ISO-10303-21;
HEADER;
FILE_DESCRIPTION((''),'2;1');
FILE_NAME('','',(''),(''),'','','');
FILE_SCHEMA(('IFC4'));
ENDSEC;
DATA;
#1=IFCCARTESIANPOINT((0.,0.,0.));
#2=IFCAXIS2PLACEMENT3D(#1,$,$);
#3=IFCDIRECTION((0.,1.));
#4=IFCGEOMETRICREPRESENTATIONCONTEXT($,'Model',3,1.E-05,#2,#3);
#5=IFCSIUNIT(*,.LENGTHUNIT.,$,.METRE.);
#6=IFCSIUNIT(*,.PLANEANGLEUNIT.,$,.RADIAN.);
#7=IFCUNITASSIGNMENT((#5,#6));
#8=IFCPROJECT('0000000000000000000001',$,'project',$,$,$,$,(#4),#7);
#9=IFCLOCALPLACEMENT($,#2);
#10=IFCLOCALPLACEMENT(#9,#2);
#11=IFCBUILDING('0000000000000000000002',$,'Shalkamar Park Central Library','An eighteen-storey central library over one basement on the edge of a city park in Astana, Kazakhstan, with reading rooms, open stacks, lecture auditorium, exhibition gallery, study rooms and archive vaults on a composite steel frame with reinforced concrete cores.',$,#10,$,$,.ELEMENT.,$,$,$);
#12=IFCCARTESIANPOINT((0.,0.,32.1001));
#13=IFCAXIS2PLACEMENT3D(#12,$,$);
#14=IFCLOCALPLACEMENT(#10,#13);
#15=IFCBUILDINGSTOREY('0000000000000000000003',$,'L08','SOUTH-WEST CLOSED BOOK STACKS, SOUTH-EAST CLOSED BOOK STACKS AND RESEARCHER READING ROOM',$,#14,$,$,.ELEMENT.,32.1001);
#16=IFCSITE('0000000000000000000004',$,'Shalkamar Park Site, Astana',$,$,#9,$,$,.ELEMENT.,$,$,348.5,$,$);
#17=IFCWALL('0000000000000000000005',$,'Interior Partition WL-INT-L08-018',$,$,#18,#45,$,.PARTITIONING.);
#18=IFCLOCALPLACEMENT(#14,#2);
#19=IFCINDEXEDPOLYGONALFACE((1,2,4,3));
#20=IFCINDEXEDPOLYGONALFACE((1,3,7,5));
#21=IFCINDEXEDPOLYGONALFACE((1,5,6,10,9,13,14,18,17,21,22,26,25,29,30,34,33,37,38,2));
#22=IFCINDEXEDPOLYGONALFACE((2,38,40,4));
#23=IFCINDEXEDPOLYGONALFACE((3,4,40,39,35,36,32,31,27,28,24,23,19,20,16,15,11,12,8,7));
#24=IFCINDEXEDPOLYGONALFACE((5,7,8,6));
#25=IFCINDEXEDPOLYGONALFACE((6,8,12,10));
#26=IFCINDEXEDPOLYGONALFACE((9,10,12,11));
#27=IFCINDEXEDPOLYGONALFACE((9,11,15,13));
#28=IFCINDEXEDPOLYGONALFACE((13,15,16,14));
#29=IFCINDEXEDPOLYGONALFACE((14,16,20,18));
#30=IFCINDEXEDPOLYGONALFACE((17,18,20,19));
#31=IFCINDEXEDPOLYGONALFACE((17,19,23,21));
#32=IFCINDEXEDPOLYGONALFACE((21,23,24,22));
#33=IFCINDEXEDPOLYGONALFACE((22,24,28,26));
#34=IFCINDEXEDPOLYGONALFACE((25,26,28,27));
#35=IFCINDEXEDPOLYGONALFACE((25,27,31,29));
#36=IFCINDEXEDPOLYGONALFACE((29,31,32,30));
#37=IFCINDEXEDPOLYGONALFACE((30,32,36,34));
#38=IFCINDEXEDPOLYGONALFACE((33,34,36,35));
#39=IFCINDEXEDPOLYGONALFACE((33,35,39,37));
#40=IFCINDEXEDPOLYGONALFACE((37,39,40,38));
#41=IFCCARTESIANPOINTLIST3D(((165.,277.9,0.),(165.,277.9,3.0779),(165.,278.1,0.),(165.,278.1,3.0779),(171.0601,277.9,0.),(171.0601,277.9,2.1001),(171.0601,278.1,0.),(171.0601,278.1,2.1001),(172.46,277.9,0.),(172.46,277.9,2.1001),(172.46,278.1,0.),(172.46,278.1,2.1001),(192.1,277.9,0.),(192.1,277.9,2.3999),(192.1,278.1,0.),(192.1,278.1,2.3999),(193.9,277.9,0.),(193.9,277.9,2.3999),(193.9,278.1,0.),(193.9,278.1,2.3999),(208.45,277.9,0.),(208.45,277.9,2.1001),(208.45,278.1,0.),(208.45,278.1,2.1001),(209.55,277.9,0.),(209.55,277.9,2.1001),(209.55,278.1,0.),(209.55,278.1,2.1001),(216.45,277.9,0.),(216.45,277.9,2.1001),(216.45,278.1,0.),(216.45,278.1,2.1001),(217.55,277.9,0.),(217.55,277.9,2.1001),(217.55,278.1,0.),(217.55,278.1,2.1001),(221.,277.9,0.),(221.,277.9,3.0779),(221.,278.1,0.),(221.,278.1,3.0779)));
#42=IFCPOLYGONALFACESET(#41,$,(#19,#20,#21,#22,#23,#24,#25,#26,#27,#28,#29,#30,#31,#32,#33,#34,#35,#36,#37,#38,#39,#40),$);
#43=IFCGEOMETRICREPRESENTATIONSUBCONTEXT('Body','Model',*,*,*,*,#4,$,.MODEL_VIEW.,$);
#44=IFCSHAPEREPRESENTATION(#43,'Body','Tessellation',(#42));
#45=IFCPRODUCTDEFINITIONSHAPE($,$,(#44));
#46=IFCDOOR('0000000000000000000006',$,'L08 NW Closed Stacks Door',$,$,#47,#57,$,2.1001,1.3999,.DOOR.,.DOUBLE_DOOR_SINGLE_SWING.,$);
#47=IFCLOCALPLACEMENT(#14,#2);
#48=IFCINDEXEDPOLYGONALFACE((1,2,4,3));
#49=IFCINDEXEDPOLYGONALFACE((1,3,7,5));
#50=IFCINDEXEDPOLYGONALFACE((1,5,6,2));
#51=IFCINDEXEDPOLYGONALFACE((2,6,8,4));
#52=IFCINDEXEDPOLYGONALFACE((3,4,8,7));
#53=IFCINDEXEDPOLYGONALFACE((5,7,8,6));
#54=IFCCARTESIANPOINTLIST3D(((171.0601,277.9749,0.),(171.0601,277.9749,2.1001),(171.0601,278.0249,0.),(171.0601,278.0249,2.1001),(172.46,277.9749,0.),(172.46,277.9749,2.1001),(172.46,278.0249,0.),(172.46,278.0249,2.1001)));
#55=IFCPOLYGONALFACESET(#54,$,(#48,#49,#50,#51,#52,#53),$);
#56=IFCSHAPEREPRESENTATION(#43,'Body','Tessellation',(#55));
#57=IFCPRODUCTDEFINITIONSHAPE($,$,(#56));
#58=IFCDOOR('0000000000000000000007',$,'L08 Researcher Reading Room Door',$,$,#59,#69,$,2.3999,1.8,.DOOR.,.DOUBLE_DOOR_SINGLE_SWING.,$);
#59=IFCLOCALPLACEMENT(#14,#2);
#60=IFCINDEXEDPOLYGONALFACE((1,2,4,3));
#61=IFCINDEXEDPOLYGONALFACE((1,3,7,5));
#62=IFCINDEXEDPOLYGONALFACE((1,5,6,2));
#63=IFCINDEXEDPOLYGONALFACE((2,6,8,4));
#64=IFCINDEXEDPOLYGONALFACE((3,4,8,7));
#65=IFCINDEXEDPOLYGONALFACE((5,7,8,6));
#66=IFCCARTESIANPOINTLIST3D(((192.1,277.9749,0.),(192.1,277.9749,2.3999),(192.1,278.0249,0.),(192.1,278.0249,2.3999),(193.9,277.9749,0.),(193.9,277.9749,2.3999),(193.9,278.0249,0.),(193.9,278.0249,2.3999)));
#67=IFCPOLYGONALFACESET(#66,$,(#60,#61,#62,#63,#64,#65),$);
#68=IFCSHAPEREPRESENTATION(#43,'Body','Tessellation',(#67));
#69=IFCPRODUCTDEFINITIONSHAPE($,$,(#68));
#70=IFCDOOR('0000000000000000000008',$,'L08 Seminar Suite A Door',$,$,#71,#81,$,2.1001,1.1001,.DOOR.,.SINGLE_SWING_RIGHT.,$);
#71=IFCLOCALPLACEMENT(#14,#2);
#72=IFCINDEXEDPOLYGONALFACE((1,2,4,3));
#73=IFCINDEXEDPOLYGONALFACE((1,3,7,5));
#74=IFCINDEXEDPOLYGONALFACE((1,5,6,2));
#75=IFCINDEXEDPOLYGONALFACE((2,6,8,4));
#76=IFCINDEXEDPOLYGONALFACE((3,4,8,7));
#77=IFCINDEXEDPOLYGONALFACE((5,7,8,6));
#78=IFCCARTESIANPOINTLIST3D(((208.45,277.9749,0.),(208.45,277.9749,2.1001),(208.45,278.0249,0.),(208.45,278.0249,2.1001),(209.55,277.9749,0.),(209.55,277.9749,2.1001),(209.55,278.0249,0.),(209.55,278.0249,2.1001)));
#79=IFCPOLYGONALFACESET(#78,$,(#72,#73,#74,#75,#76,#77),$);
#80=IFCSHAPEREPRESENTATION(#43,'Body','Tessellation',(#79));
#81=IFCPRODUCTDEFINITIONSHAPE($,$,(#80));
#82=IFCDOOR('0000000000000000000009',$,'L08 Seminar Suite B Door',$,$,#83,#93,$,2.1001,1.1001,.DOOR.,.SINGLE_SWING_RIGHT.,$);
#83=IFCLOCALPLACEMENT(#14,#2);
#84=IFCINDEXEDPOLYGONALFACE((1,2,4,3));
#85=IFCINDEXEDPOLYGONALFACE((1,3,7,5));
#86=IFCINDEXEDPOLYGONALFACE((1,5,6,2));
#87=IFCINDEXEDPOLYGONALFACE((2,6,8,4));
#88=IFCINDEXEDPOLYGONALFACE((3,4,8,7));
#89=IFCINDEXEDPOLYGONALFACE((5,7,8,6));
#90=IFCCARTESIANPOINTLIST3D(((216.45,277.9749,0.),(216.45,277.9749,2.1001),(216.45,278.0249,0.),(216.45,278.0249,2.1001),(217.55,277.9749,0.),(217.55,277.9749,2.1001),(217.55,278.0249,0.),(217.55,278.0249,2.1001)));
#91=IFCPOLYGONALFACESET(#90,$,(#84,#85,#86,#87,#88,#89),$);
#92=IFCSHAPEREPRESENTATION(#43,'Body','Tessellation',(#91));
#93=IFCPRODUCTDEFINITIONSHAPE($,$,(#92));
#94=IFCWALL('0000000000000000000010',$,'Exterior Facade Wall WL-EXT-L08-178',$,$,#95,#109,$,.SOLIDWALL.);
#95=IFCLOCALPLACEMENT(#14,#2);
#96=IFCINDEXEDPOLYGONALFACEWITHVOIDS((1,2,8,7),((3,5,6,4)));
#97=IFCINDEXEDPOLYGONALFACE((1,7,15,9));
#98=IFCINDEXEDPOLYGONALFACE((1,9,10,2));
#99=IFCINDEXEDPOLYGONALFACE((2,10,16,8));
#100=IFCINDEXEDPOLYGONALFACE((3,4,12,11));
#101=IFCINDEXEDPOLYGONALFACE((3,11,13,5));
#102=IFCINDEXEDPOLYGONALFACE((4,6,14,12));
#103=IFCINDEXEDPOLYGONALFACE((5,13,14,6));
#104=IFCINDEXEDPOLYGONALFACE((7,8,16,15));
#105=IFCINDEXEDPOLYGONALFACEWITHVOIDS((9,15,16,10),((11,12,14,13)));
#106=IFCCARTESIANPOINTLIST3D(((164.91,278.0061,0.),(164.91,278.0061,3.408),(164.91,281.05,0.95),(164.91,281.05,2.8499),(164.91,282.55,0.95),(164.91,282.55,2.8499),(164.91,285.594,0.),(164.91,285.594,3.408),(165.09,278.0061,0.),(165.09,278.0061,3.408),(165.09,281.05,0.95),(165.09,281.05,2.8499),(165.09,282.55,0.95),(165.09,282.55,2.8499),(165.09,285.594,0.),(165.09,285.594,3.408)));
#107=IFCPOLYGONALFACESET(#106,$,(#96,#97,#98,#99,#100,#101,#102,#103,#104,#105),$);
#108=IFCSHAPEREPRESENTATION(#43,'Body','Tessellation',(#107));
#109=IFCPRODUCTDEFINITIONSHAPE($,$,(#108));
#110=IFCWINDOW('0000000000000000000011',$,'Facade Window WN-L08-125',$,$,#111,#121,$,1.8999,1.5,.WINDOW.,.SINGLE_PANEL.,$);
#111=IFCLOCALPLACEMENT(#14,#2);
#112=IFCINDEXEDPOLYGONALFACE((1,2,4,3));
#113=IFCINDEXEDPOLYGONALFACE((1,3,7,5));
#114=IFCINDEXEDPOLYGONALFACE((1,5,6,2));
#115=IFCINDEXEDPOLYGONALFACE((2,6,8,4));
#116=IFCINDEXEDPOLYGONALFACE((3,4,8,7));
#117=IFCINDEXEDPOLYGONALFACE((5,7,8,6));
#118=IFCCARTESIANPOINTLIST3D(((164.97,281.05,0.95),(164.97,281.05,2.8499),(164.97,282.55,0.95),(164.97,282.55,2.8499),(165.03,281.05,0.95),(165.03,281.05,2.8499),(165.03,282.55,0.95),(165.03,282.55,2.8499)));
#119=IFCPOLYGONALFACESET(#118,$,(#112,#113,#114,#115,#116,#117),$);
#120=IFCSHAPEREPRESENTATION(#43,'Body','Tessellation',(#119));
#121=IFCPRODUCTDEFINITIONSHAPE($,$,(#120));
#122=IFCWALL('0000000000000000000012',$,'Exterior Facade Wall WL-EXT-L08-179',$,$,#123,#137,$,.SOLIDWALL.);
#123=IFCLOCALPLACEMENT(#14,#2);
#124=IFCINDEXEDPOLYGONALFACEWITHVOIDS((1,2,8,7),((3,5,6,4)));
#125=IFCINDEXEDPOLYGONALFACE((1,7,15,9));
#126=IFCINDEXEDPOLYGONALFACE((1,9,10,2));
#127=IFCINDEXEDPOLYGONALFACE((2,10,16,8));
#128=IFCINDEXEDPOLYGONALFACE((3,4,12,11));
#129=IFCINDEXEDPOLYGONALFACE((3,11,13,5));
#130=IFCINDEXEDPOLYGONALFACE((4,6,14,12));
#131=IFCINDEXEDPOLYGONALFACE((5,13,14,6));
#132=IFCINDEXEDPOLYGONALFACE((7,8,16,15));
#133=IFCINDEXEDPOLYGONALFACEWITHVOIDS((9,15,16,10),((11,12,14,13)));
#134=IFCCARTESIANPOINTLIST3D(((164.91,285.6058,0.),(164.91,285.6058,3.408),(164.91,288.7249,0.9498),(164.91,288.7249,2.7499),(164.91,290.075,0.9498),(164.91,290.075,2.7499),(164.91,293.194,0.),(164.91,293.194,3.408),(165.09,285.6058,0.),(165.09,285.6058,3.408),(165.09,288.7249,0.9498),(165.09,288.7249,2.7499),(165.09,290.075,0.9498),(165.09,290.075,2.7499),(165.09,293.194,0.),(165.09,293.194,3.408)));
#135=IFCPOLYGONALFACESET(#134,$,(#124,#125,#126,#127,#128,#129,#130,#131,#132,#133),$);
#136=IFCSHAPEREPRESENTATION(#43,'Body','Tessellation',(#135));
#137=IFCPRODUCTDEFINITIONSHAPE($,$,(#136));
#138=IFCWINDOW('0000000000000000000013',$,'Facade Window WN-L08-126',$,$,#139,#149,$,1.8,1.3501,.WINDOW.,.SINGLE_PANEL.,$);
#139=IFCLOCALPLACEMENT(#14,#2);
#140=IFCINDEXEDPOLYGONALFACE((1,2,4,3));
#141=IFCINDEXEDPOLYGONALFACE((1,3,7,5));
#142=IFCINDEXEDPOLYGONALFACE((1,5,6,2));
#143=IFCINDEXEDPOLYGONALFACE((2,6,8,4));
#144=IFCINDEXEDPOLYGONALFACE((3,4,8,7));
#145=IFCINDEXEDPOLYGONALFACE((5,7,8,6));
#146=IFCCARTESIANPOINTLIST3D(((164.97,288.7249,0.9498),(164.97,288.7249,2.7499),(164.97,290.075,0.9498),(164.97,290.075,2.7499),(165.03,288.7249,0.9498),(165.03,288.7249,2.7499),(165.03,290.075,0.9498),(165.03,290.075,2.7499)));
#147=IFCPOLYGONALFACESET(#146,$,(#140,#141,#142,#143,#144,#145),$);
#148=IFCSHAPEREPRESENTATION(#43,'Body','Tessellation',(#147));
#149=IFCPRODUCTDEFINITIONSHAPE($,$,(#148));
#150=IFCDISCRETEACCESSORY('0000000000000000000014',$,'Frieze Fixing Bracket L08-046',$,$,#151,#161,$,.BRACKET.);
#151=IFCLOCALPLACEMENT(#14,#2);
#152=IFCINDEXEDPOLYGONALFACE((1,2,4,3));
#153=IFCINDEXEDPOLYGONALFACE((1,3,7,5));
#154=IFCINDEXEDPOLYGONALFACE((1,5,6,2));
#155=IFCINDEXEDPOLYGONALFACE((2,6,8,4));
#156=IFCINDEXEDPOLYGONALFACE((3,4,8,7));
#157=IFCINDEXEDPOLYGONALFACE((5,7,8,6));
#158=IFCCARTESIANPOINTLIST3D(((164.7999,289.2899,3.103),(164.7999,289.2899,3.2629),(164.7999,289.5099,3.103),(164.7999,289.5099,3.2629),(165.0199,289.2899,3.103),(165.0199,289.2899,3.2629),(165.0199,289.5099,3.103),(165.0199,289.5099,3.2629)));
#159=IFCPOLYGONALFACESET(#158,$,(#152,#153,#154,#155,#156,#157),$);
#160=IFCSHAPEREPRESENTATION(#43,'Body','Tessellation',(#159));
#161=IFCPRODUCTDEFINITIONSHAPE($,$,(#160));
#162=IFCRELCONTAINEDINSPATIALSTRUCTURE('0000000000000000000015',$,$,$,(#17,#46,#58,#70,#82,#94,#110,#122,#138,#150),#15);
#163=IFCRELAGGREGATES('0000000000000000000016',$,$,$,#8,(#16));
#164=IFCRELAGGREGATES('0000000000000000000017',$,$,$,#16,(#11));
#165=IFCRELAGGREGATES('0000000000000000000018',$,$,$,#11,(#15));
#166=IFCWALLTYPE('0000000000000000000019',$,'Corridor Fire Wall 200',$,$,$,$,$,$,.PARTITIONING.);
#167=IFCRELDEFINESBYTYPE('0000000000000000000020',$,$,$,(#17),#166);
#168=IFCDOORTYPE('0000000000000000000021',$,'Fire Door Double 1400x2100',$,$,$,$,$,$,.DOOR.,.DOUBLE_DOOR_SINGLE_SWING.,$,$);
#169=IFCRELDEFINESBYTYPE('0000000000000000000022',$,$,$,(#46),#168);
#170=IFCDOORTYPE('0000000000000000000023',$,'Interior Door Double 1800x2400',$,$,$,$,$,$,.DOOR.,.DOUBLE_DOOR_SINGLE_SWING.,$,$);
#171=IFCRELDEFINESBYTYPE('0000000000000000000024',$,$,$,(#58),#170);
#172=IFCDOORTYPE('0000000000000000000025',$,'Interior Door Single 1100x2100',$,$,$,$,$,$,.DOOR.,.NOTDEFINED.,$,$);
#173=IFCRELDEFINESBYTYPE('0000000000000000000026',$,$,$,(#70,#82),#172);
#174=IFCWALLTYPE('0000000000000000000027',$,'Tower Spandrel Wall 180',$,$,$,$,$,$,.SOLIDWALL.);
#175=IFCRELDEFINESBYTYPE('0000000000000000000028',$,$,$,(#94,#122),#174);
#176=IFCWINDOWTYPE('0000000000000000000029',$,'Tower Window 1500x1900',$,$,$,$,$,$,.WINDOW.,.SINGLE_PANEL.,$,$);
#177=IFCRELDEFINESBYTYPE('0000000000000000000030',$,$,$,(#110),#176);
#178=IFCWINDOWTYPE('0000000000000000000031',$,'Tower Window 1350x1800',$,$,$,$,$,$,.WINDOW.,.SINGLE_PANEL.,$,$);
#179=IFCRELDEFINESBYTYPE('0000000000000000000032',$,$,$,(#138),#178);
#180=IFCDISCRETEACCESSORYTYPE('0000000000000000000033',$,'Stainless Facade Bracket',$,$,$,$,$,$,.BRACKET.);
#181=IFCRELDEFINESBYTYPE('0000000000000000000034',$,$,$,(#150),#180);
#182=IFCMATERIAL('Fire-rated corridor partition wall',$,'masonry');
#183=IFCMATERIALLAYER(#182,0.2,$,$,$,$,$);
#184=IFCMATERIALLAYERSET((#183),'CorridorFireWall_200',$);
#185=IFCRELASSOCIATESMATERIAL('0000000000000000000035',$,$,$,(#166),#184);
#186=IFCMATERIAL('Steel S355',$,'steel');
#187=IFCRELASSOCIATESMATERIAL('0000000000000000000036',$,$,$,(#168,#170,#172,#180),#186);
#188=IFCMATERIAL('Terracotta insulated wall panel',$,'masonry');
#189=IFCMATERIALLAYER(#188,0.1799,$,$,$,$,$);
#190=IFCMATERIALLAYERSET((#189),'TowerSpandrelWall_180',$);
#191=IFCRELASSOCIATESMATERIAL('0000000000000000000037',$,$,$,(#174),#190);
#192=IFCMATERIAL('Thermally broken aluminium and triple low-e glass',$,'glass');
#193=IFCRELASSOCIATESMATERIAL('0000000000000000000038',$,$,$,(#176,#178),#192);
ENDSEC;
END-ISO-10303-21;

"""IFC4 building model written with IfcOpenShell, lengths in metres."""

from ifc_helpers import new_model, si_unit, direction, frame, frame_2d, origin, origin_2d, place, context, subcontext, project, spatial, rectangle, extrude, material, layer, layer_set, type_object, element, fill, save


model = new_model("IFC4")

# Units and contexts
model_context = context("Model", 3, precision=1e-05, world=origin(), true_north=direction((0.0, 1.0)))
body_context = subcontext(model_context, "Body", "Model", "MODEL_VIEW")
ifc_project = project(units=[si_unit("LENGTHUNIT", "METRE"), si_unit("PLANEANGLEUNIT", "RADIAN")], contexts=[model_context])

# Site, building, storey
site_placement = place(None, origin())
site = spatial("IfcSite", under=ifc_project, at=site_placement, Name="Shalkamar Park Site, Astana", CompositionType="ELEMENT", RefElevation=348.5)
building_placement = place(site_placement, origin())
building = spatial("IfcBuilding", under=site, at=building_placement, Name="Shalkamar Park Central Library", Description="An eighteen-storey central library over one basement on the edge of a city park in Astana, Kazakhstan, with reading rooms, open stacks, lecture auditorium, exhibition gallery, study rooms and archive vaults on a composite steel frame with reinforced concrete cores.", CompositionType="ELEMENT")
storey_placement = place(building_placement, frame((0.0, 0.0, 32.1001)))
storey = spatial("IfcBuildingStorey", under=building, at=storey_placement, Name="L08", Description="SOUTH-WEST CLOSED BOOK STACKS, SOUTH-EAST CLOSED BOOK STACKS AND RESEARCHER READING ROOM", CompositionType="ELEMENT", Elevation=32.1001)

# Shared definitions
ifc_material_1 = material(Name="Steel S355", Category="steel")

# Wall, openings, doors
ifc_material_2 = material(Name="Fire-rated corridor partition wall", Category="masonry")
ifc_layer_1 = layer(ifc_material_2, 0.2)
ifc_layer_set_1 = layer_set([ifc_layer_1], Name="CorridorFireWall_200")
wall_type_1 = type_object("IfcWallType", Name="Corridor Fire Wall 200", PredefinedType="PARTITIONING", material=ifc_layer_set_1)
wall_1_placement = place(storey_placement, frame((165.0, 278.0, 0.0), z_axis=(0.0, 0.0, 1.0), x_axis=(1.0, 0.0, 0.0)))
wall_1 = element("IfcWall", 1, at=wall_1_placement, inside=storey, type_object=wall_type_1, Name="Interior Partition WL-INT-L08-018", PredefinedType="PARTITIONING", context=body_context, shape_type="SweptSolid", body=[
    extrude(rectangle(XDim=56.0, YDim=0.2, at=frame_2d((28.0, 0.0))), origin(), (0.0, 0.0, 1.0), 3.0779),
])
opening_1_placement = place(wall_1_placement, frame((6.0601, 0.0, 0.0)))
opening_1 = element("IfcOpeningElement", 2, at=opening_1_placement, cuts=wall_1, PredefinedType="OPENING", context=body_context, shape_type="SweptSolid", body=[
    extrude(rectangle(XDim=1.3999, YDim=2.1001, at=frame_2d((0.7, 1.05))), frame((0.0, 0.1147, 0.0), z_axis=(0.0, -1.0, 0.0), x_axis=(1.0, 0.0, 0.0)), (0.0, 0.0, 1.0), 0.2297),
])
opening_2_placement = place(wall_1_placement, frame((27.1001, 0.0, 0.0)))
opening_2 = element("IfcOpeningElement", 3, at=opening_2_placement, cuts=wall_1, PredefinedType="OPENING", context=body_context, shape_type="SweptSolid", body=[
    extrude(rectangle(XDim=1.8, YDim=2.3999, at=frame_2d((0.8999, 1.2))), frame((0.0, 0.1147, 0.0), z_axis=(0.0, -1.0, 0.0), x_axis=(1.0, 0.0, 0.0)), (0.0, 0.0, 1.0), 0.2297),
])
opening_3_placement = place(wall_1_placement, frame((43.45, 0.0, 0.0)))
opening_3 = element("IfcOpeningElement", 4, at=opening_3_placement, cuts=wall_1, PredefinedType="OPENING", context=body_context, shape_type="SweptSolid", body=[
    extrude(rectangle(XDim=1.1001, YDim=2.1001, at=frame_2d((0.55, 1.05))), frame((0.0, 0.1147, 0.0), z_axis=(0.0, -1.0, 0.0), x_axis=(1.0, 0.0, 0.0)), (0.0, 0.0, 1.0), 0.2297),
])
opening_4_placement = place(wall_1_placement, frame((51.45, 0.0, 0.0)))
opening_4 = element("IfcOpeningElement", 5, at=opening_4_placement, cuts=wall_1, PredefinedType="OPENING", context=body_context, shape_type="SweptSolid", body=[
    extrude(rectangle(XDim=1.1001, YDim=2.1001, at=frame_2d((0.55, 1.05))), frame((0.0, 0.1147, 0.0), z_axis=(0.0, -1.0, 0.0), x_axis=(1.0, 0.0, 0.0)), (0.0, 0.0, 1.0), 0.2297),
])
door_type_1 = type_object("IfcDoorType", Name="Fire Door Double 1400x2100", OperationType="DOUBLE_DOOR_SINGLE_SWING", PredefinedType="DOOR", material=ifc_material_1)
door_1_placement = place(opening_1_placement, origin())
door_1 = element("IfcDoor", 6, at=door_1_placement, inside=storey, type_object=door_type_1, Name="L08 NW Closed Stacks Door", OperationType="DOUBLE_DOOR_SINGLE_SWING", OverallHeight=2.1001, OverallWidth=1.3999, PredefinedType="DOOR", context=body_context, shape_type="SweptSolid", body=[
    extrude(rectangle(XDim=1.3999, YDim=2.1001, at=frame_2d((0.7, 1.05))), frame((0.0, 0.0249, 0.0), z_axis=(0.0, -1.0, 0.0), x_axis=(1.0, 0.0, 0.0)), (0.0, 0.0, 1.0), 0.05),
])
fill(opening_1, door_1)
door_type_2 = type_object("IfcDoorType", Name="Interior Door Double 1800x2400", OperationType="DOUBLE_DOOR_SINGLE_SWING", PredefinedType="DOOR", material=ifc_material_1)
door_2_placement = place(opening_2_placement, origin())
door_2 = element("IfcDoor", 7, at=door_2_placement, inside=storey, type_object=door_type_2, Name="L08 Researcher Reading Room Door", OperationType="DOUBLE_DOOR_SINGLE_SWING", OverallHeight=2.3999, OverallWidth=1.8, PredefinedType="DOOR", context=body_context, shape_type="SweptSolid", body=[
    extrude(rectangle(XDim=1.8, YDim=2.3999, at=frame_2d((0.8999, 1.2))), frame((0.0, 0.0249, 0.0), z_axis=(0.0, -1.0, 0.0), x_axis=(1.0, 0.0, 0.0)), (0.0, 0.0, 1.0), 0.05),
])
fill(opening_2, door_2)
door_type_3 = type_object("IfcDoorType", Name="Interior Door Single 1100x2100", OperationType="NOTDEFINED", PredefinedType="DOOR", material=ifc_material_1)
door_3_placement = place(opening_3_placement, origin())
door_3 = element("IfcDoor", 8, at=door_3_placement, inside=storey, type_object=door_type_3, Name="L08 Seminar Suite A Door", OperationType="SINGLE_SWING_RIGHT", OverallHeight=2.1001, OverallWidth=1.1001, PredefinedType="DOOR", context=body_context, shape_type="SweptSolid", body=[
    extrude(rectangle(XDim=1.1001, YDim=2.1001, at=frame_2d((0.55, 1.05))), frame((0.0, 0.0249, 0.0), z_axis=(0.0, -1.0, 0.0), x_axis=(1.0, 0.0, 0.0)), (0.0, 0.0, 1.0), 0.05),
])
fill(opening_3, door_3)
door_4_placement = place(opening_4_placement, origin())
door_4 = element("IfcDoor", 9, at=door_4_placement, inside=storey, type_object=door_type_3, Name="L08 Seminar Suite B Door", OperationType="SINGLE_SWING_RIGHT", OverallHeight=2.1001, OverallWidth=1.1001, PredefinedType="DOOR", context=body_context, shape_type="SweptSolid", body=[
    extrude(rectangle(XDim=1.1001, YDim=2.1001, at=frame_2d((0.55, 1.05))), frame((0.0, 0.0249, 0.0), z_axis=(0.0, -1.0, 0.0), x_axis=(1.0, 0.0, 0.0)), (0.0, 0.0, 1.0), 0.05),
])
fill(opening_4, door_4)

# Walls, openings, windows
ifc_material_3 = material(Name="Terracotta insulated wall panel", Category="masonry")
ifc_layer_2 = layer(ifc_material_3, 0.1799)
ifc_layer_set_2 = layer_set([ifc_layer_2], Name="TowerSpandrelWall_180")
wall_type_2 = type_object("IfcWallType", Name="Tower Spandrel Wall 180", PredefinedType="SOLIDWALL", material=ifc_layer_set_2)
wall_2_placement = place(storey_placement, frame((165.0, 278.0061, 0.0), z_axis=(0.0, 0.0, 1.0), x_axis=(0.0, 1.0, 0.0)))
wall_2 = element("IfcWall", 10, at=wall_2_placement, inside=storey, type_object=wall_type_2, Name="Exterior Facade Wall WL-EXT-L08-178", PredefinedType="SOLIDWALL", context=body_context, shape_type="SweptSolid", body=[
    extrude(rectangle(XDim=7.5879, YDim=0.1799, at=frame_2d((3.7939, 0.0))), origin(), (0.0, 0.0, 1.0), 3.408),
])
opening_5_placement = place(wall_2_placement, frame((3.0439, 0.0, 0.95)))
opening_5 = element("IfcOpeningElement", 11, at=opening_5_placement, cuts=wall_2, PredefinedType="OPENING", context=body_context, shape_type="SweptSolid", body=[
    extrude(rectangle(XDim=1.5, YDim=1.8999, at=frame_2d((0.75, 0.95))), frame((0.0, 0.105, 0.0), z_axis=(0.0, -1.0, 0.0), x_axis=(1.0, 0.0, 0.0)), (0.0, 0.0, 1.0), 0.2097),
])
ifc_material_4 = material(Name="Thermally broken aluminium and triple low-e glass", Category="glass")
window_type_1 = type_object("IfcWindowType", Name="Tower Window 1500x1900", PartitioningType="SINGLE_PANEL", PredefinedType="WINDOW", material=ifc_material_4)
window_1_placement = place(opening_5_placement, origin())
window_1 = element("IfcWindow", 12, at=window_1_placement, inside=storey, type_object=window_type_1, Name="Facade Window WN-L08-125", OverallHeight=1.8999, OverallWidth=1.5, PartitioningType="SINGLE_PANEL", PredefinedType="WINDOW", context=body_context, shape_type="SweptSolid", body=[
    extrude(rectangle(XDim=1.5, YDim=1.8999, at=frame_2d((0.75, 0.95))), frame((0.0, 0.03, 0.0), z_axis=(0.0, -1.0, 0.0), x_axis=(1.0, 0.0, 0.0)), (0.0, 0.0, 1.0), 0.0601),
])
fill(opening_5, window_1)
wall_3_placement = place(storey_placement, frame((165.0, 285.606, 0.0), z_axis=(0.0, 0.0, 1.0), x_axis=(0.0, 1.0, 0.0)))
wall_3 = element("IfcWall", 13, at=wall_3_placement, inside=storey, type_object=wall_type_2, Name="Exterior Facade Wall WL-EXT-L08-179", PredefinedType="SOLIDWALL", context=body_context, shape_type="SweptSolid", body=[
    extrude(rectangle(XDim=7.5881, YDim=0.1799, at=frame_2d((3.7939, 0.0))), origin(), (0.0, 0.0, 1.0), 3.408),
])
opening_6_placement = place(wall_3_placement, frame((3.1189, 0.0, 0.95)))
opening_6 = element("IfcOpeningElement", 14, at=opening_6_placement, cuts=wall_3, PredefinedType="OPENING", context=body_context, shape_type="SweptSolid", body=[
    extrude(rectangle(XDim=1.3501, YDim=1.8, at=frame_2d((0.675, 0.8999))), frame((0.0, 0.105, 0.0), z_axis=(0.0, -1.0, 0.0), x_axis=(1.0, 0.0, 0.0)), (0.0, 0.0, 1.0), 0.2097),
])
window_type_2 = type_object("IfcWindowType", Name="Tower Window 1350x1800", PartitioningType="SINGLE_PANEL", PredefinedType="WINDOW", material=ifc_material_4)
window_2_placement = place(opening_6_placement, origin())
window_2 = element("IfcWindow", 15, at=window_2_placement, inside=storey, type_object=window_type_2, Name="Facade Window WN-L08-126", OverallHeight=1.8, OverallWidth=1.3501, PartitioningType="SINGLE_PANEL", PredefinedType="WINDOW", context=body_context, shape_type="SweptSolid", body=[
    extrude(rectangle(XDim=1.3501, YDim=1.8, at=frame_2d((0.675, 0.8999))), frame((0.0, 0.03, 0.0), z_axis=(0.0, -1.0, 0.0), x_axis=(1.0, 0.0, 0.0)), (0.0, 0.0, 1.0), 0.0601),
])
fill(opening_6, window_2)

# Discrete accessory
discrete_accessory_type = type_object("IfcDiscreteAccessoryType", Name="Stainless Facade Bracket", PredefinedType="BRACKET", material=ifc_material_1)
discrete_accessory_placement = place(storey_placement, frame((164.9099, 289.3999, 3.103), z_axis=(0.0, 0.0, 1.0), x_axis=(1.0, 0.0, 0.0)))
element("IfcDiscreteAccessory", 16, at=discrete_accessory_placement, inside=storey, type_object=discrete_accessory_type, Name="Frieze Fixing Bracket L08-046", PredefinedType="BRACKET", context=body_context, shape_type="SweptSolid", body=[
    extrude(rectangle(XDim=0.22, YDim=0.22, at=origin_2d()), origin(), (0.0, 0.0, 1.0), 0.1599),
])

save(model, "model.ifc")
